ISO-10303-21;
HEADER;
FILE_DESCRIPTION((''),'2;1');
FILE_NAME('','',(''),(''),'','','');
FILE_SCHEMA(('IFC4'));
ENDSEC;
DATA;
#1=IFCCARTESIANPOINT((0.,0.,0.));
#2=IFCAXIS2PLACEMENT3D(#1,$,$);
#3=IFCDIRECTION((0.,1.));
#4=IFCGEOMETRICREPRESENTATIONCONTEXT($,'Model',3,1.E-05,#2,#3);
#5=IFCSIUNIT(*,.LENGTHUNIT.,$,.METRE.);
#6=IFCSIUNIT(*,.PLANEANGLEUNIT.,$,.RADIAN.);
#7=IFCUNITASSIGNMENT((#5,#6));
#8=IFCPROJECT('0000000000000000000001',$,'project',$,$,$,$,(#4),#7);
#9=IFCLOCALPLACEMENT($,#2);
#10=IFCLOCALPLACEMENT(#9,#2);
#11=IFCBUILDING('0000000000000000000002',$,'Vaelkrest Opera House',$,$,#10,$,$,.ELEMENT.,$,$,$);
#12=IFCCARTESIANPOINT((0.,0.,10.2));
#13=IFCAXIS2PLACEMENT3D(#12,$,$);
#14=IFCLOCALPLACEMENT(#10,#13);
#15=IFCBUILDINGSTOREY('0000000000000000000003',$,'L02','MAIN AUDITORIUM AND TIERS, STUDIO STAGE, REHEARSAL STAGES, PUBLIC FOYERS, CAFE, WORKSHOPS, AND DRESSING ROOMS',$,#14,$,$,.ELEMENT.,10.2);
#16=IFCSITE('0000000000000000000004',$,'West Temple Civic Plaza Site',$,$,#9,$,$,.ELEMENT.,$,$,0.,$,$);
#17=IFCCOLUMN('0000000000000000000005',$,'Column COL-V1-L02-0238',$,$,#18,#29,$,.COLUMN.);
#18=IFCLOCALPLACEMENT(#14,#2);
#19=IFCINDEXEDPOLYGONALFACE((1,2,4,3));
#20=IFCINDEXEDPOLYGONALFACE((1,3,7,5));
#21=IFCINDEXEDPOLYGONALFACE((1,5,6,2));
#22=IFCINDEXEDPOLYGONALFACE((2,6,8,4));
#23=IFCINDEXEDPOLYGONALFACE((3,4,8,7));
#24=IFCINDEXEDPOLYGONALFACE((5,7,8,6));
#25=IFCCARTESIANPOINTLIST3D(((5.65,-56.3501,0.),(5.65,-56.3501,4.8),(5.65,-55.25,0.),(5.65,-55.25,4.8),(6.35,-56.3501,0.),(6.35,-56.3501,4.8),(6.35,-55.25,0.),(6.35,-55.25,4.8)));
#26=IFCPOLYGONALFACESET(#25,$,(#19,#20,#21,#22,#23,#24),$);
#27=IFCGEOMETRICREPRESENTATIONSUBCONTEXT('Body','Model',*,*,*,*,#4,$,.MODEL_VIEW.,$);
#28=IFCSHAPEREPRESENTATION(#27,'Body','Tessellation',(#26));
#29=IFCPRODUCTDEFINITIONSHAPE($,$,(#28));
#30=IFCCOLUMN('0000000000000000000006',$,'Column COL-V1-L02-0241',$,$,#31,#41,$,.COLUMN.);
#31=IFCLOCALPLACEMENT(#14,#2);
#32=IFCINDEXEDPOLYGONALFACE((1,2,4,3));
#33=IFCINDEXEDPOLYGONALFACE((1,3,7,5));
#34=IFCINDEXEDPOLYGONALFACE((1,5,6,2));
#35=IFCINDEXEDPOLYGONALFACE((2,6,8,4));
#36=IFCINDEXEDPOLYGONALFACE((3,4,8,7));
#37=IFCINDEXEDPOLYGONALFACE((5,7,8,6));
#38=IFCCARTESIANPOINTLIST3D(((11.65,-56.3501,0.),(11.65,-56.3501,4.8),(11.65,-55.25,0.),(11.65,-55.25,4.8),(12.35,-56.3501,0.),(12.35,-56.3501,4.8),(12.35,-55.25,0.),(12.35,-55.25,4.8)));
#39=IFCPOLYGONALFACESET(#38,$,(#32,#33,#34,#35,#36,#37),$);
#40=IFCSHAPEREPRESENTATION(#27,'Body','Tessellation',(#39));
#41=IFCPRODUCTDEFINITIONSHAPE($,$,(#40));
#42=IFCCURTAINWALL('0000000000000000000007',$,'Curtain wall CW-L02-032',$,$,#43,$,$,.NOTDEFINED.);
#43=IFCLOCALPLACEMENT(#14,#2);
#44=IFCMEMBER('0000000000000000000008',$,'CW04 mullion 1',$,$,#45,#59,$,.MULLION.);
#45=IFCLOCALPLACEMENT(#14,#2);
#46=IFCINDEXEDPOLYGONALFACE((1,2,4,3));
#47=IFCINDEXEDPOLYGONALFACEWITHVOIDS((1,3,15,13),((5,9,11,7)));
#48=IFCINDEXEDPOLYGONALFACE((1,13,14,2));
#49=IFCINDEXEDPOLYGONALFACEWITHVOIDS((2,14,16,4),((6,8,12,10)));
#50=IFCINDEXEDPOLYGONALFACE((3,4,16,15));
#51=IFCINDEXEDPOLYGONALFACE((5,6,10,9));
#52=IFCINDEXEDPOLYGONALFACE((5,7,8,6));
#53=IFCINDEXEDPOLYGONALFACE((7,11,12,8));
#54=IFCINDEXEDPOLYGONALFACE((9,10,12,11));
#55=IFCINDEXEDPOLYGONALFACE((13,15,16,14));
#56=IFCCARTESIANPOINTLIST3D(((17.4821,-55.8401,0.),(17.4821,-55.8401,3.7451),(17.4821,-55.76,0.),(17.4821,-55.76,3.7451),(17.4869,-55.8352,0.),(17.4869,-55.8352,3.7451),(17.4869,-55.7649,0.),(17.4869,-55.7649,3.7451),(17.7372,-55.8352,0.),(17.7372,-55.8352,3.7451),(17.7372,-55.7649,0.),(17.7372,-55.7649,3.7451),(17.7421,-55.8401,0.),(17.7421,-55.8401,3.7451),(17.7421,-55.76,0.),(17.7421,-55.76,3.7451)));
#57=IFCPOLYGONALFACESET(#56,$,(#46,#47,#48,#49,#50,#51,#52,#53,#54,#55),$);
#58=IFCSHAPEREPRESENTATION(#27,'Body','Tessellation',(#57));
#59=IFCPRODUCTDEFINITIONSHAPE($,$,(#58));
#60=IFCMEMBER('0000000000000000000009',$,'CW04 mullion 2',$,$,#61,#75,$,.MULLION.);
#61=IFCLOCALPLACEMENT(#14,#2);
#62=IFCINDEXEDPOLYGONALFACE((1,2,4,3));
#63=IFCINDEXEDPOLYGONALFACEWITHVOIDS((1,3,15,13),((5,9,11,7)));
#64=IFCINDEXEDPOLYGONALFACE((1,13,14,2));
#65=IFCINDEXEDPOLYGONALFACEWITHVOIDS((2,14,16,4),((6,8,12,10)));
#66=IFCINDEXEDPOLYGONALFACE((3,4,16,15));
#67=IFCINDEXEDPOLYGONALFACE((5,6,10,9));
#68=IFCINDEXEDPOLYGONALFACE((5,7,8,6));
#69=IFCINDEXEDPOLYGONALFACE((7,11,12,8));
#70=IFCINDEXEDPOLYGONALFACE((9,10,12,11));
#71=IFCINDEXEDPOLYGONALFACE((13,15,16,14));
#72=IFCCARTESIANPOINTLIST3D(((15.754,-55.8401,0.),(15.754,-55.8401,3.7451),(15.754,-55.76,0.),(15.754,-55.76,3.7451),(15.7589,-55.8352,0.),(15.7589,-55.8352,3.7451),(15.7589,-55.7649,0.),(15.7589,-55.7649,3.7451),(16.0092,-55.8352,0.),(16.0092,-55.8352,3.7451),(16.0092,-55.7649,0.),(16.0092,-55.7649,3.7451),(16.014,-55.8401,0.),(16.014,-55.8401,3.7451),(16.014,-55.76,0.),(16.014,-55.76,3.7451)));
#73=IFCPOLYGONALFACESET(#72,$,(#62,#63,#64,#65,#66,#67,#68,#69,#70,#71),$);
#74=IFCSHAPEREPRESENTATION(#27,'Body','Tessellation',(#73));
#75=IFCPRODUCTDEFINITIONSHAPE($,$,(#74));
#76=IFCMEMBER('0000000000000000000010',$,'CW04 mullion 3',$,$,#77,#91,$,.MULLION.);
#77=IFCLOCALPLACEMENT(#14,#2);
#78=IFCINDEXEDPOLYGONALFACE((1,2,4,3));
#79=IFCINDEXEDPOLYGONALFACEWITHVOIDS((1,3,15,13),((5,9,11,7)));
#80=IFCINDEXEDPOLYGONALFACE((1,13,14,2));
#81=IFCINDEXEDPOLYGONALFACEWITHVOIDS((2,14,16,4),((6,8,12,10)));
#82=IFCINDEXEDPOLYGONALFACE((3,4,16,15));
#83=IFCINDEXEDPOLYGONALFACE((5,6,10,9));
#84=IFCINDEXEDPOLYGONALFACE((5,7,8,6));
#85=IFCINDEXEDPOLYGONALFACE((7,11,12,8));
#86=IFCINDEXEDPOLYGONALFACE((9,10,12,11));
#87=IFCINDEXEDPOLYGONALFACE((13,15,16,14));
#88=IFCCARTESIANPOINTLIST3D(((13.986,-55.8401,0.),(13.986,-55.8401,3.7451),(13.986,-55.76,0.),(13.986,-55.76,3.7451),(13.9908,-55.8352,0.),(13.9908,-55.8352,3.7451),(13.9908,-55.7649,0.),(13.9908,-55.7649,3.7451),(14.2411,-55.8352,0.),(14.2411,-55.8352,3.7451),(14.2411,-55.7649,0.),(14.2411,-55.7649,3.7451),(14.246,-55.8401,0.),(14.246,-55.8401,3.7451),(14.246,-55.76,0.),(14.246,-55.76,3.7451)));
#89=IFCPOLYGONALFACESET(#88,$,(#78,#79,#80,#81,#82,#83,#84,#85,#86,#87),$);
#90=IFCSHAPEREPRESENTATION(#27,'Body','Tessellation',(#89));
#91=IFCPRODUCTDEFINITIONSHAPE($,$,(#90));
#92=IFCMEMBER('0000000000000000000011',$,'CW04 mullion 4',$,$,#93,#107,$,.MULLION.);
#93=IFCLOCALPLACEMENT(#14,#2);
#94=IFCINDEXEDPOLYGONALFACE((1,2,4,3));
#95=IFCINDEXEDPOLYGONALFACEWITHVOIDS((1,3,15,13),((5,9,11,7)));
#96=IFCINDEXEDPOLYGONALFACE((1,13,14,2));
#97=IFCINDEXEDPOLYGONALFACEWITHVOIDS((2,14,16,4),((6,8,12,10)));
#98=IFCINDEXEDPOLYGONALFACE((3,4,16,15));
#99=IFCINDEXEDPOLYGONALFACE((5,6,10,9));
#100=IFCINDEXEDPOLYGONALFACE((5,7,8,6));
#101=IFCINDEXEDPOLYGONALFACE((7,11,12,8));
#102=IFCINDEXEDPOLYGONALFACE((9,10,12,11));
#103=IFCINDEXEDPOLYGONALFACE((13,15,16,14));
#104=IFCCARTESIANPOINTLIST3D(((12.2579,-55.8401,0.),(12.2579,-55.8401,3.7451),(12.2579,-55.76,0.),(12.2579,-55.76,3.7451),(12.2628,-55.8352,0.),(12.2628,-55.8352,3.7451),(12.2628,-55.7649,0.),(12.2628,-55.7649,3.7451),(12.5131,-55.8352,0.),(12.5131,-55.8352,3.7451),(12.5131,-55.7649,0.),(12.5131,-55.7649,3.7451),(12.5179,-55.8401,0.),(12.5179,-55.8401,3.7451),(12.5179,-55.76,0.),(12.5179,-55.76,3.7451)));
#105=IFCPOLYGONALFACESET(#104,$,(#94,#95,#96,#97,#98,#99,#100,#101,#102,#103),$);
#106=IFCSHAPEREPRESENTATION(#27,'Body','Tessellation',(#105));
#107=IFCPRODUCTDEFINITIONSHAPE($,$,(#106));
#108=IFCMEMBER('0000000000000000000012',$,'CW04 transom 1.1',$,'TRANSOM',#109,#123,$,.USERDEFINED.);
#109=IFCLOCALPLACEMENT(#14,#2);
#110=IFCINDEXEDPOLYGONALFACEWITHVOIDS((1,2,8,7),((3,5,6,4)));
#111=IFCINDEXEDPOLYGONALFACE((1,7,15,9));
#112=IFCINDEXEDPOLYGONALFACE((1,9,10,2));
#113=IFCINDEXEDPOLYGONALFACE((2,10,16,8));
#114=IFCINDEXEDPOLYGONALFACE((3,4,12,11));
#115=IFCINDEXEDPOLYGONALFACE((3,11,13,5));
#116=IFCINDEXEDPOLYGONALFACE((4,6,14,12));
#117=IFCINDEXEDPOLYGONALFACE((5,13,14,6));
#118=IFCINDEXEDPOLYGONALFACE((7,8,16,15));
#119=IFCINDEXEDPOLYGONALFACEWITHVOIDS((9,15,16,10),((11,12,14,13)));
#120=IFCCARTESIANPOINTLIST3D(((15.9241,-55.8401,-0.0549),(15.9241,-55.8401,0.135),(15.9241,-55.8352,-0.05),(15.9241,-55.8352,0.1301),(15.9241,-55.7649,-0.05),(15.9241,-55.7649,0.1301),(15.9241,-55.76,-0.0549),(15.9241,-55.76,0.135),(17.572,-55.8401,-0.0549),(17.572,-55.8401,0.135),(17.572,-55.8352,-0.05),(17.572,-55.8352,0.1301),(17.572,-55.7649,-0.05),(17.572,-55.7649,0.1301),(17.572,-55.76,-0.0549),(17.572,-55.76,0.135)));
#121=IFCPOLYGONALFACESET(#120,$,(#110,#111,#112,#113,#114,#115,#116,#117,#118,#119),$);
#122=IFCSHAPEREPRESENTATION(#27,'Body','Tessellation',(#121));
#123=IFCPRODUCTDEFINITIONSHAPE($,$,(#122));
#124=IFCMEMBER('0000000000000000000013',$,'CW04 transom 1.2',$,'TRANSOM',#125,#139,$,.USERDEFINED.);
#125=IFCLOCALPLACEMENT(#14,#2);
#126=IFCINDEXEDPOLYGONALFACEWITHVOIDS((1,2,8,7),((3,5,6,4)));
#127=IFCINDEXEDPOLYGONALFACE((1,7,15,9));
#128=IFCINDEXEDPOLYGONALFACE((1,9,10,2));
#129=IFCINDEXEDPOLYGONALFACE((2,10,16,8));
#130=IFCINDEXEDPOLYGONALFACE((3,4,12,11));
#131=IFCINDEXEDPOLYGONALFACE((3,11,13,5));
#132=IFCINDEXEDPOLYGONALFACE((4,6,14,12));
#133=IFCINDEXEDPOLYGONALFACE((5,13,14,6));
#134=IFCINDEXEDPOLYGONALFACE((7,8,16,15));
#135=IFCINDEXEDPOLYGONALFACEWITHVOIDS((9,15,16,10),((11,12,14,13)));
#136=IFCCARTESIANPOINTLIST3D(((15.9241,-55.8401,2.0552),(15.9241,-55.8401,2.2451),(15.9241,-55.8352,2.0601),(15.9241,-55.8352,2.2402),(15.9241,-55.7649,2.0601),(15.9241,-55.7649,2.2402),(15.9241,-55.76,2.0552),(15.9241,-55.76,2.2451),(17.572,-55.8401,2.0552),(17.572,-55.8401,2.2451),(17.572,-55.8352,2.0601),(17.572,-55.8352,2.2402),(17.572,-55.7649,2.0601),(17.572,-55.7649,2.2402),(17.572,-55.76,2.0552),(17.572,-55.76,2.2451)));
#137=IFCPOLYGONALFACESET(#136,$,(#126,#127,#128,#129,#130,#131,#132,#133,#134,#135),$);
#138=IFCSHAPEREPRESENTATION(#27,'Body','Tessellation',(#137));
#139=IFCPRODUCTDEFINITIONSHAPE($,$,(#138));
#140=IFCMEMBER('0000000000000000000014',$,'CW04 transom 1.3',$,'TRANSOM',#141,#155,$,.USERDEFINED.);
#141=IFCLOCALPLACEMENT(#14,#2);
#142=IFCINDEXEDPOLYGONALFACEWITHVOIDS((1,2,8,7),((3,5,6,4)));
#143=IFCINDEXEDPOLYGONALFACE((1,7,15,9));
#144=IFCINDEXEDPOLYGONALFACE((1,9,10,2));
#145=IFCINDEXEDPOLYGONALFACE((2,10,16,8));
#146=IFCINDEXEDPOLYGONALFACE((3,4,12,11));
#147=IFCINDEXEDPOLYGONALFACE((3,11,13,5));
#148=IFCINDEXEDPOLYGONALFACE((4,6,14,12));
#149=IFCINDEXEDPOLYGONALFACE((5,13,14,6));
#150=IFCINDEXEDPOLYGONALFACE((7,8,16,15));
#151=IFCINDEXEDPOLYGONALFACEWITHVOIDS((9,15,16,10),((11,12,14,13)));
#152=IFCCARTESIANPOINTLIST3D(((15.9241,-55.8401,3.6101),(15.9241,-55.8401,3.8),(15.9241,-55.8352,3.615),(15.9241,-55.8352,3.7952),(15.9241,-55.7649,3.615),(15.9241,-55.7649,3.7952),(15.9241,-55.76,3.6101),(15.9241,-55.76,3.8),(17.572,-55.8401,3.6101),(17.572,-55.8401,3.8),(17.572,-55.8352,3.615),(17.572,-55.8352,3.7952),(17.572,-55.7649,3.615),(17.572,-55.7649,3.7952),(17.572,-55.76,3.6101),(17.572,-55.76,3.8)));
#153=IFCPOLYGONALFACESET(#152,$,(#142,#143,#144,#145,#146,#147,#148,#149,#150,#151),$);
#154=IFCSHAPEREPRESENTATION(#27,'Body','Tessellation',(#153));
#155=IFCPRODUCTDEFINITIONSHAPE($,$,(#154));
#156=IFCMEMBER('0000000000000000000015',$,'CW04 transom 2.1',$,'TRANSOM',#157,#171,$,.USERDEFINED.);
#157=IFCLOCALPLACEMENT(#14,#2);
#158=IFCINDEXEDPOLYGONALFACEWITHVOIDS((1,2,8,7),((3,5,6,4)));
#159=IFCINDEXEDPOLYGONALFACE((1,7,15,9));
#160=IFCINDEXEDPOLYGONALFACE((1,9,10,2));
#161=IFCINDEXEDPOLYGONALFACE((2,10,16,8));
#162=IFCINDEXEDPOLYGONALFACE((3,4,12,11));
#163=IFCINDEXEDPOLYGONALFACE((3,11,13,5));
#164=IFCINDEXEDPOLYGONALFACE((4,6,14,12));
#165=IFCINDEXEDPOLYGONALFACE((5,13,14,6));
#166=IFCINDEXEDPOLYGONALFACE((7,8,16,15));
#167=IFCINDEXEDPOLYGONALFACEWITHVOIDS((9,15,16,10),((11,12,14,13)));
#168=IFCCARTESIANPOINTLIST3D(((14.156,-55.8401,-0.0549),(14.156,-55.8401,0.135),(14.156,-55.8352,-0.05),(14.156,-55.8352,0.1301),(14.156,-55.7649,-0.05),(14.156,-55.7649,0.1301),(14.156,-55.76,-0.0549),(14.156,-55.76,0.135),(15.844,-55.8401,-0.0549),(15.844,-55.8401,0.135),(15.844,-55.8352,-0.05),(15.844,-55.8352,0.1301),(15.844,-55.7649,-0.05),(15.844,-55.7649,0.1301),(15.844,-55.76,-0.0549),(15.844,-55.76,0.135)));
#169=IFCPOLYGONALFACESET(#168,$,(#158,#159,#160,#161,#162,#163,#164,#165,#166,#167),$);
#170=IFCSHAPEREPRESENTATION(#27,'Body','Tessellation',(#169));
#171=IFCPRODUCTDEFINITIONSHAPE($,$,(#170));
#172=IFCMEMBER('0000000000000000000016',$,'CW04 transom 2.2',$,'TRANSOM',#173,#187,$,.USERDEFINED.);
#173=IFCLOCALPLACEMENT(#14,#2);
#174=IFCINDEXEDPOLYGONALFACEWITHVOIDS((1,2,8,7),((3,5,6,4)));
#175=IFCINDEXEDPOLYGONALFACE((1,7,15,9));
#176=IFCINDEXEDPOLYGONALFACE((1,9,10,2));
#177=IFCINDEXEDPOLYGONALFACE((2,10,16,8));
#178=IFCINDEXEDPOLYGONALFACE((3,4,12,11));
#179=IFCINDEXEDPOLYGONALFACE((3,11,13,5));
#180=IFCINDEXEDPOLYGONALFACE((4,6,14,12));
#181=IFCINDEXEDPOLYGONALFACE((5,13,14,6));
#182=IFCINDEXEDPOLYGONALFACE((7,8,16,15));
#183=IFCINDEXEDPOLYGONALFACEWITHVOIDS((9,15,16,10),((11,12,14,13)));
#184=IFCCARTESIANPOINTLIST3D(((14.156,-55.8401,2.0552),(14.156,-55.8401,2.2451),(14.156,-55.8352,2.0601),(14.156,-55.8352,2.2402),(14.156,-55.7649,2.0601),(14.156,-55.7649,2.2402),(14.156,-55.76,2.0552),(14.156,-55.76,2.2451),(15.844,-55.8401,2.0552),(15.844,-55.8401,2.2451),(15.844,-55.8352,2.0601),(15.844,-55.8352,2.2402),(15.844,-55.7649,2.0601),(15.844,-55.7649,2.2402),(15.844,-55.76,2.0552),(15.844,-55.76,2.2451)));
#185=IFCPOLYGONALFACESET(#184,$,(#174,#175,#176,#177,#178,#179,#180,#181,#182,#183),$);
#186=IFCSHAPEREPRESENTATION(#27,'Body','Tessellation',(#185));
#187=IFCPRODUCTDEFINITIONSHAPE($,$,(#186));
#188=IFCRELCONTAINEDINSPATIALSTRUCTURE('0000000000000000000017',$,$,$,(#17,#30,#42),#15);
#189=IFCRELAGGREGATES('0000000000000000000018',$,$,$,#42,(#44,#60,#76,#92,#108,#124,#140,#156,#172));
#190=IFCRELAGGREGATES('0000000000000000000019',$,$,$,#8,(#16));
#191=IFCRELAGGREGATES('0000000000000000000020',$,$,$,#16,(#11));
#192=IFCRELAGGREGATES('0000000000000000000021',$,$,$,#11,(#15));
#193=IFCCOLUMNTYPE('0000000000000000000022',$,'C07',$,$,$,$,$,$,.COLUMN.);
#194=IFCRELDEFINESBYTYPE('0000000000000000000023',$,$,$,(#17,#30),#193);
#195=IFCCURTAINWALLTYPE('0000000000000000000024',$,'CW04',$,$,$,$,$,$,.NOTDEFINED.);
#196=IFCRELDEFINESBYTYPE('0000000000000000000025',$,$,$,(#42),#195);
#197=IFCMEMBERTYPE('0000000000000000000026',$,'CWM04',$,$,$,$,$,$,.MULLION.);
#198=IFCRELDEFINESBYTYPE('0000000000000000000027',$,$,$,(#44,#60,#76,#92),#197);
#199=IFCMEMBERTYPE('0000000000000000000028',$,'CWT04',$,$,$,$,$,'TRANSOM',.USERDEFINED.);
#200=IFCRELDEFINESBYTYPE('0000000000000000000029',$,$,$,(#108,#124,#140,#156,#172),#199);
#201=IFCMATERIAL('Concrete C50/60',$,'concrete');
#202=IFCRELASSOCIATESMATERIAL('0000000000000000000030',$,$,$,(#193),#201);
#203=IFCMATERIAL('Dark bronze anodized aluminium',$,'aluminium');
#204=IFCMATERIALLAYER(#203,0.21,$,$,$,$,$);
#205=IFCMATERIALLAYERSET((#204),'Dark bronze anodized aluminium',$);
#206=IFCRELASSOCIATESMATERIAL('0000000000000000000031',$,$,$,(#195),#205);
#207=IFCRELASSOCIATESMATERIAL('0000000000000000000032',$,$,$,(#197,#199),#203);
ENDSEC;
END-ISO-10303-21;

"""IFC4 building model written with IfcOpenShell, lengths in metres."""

from ifc_helpers import new_model, si_unit, direction, frame, origin, origin_2d, place, context, subcontext, project, spatial, rectangle, hollow_rectangle, extrude, material, layer, layer_set, material_profile, profile_set, type_object, element, aggregate, save


model = new_model("IFC4")

# Units and contexts
model_context = context("Model", 3, precision=1e-05, world=origin(), true_north=direction((0.0, 1.0)))
body_context = subcontext(model_context, "Body", "Model", "MODEL_VIEW")
ifc_project = project(units=[si_unit("LENGTHUNIT", "METRE"), si_unit("PLANEANGLEUNIT", "RADIAN")], contexts=[model_context])

# Site, building, storey
site_placement = place(None, origin())
site = spatial("IfcSite", under=ifc_project, at=site_placement, Name="West Temple Civic Plaza Site", CompositionType="ELEMENT", RefElevation=0.0)
building_placement = place(site_placement, origin())
building = spatial("IfcBuilding", under=site, at=building_placement, Name="Vaelkrest Opera House", CompositionType="ELEMENT")
storey_placement = place(building_placement, frame((0.0, 0.0, 10.2)))
storey = spatial("IfcBuildingStorey", under=building, at=storey_placement, Name="L02", Description="MAIN AUDITORIUM AND TIERS, STUDIO STAGE, REHEARSAL STAGES, PUBLIC FOYERS, CAFE, WORKSHOPS, AND DRESSING ROOMS", CompositionType="ELEMENT", Elevation=10.2)

# Columns
ifc_material_1 = material(Name="Concrete C50/60", Category="concrete")
ifc_material_profile_1 = material_profile(ifc_material_1, rectangle(XDim=0.7, YDim=1.1001, at=origin_2d()), Name="RC700X1100")
ifc_profile_set_1 = profile_set([ifc_material_profile_1], Name="Concrete C50/60")
column_type = type_object("IfcColumnType", Name="C07", PredefinedType="COLUMN", material=ifc_profile_set_1)
for number, where, z_axis, x_axis, name in (
    (1, (6.0, -55.8, 0.0), (0.0, 0.0, 1.0), (1.0, 0.0, 0.0), "Column COL-V1-L02-0238"),
    (2, (12.0, -55.8, 0.0), (0.0, 0.0, 1.0), (1.0, 0.0, 0.0), "Column COL-V1-L02-0241"),
):
    element("IfcColumn", number, at=place(storey_placement, frame(where, z_axis=z_axis, x_axis=x_axis)), inside=storey, type_object=column_type, Name=name, PredefinedType="COLUMN", context=body_context, shape_type="SweptSolid", body=[
        extrude(rectangle(XDim=0.7, YDim=1.1001, at=origin_2d()), origin(), (0.0, 0.0, 1.0), 4.8),
    ])

# Curtain wall, members
ifc_material_2 = material(Name="Dark bronze anodized aluminium", Category="aluminium")
ifc_layer_1 = layer(ifc_material_2, 0.21)
ifc_layer_set_1 = layer_set([ifc_layer_1], Name="Dark bronze anodized aluminium")
curtain_wall_type = type_object("IfcCurtainWallType", Name="CW04", PredefinedType="NOTDEFINED", material=ifc_layer_set_1)
curtain_wall_placement = place(storey_placement, origin())
curtain_wall = element("IfcCurtainWall", 3, at=curtain_wall_placement, inside=storey, type_object=curtain_wall_type, Name="Curtain wall CW-L02-032", PredefinedType="NOTDEFINED")
ifc_material_profile_2 = material_profile(ifc_material_2, hollow_rectangle(XDim=0.0801, YDim=0.26, WallThickness=0.0049, at=origin_2d()), Name="CWM80X260")
ifc_profile_set_2 = profile_set([ifc_material_profile_2], Name="Dark bronze anodized aluminium")
member_type_1 = type_object("IfcMemberType", Name="CWM04", PredefinedType="MULLION", material=ifc_profile_set_2)
member_1_placement = place(storey_placement, frame((17.6121, -55.8, 0.0), z_axis=(0.0, 0.0, 1.0), x_axis=(0.0, -1.0, 0.0)))
member_1 = element("IfcMember", 4, at=member_1_placement, type_object=member_type_1, Name="CW04 mullion 1", PredefinedType="MULLION", context=body_context, shape_type="SweptSolid", body=[
    extrude(hollow_rectangle(XDim=0.0801, YDim=0.26, WallThickness=0.0049, at=origin_2d()), origin(), (0.0, 0.0, 1.0), 3.7451),
])
member_2_placement = place(storey_placement, frame((15.884, -55.8, 0.0), z_axis=(0.0, 0.0, 1.0), x_axis=(0.0, -1.0, 0.0)))
member_2 = element("IfcMember", 5, at=member_2_placement, type_object=member_type_1, Name="CW04 mullion 2", PredefinedType="MULLION", context=body_context, shape_type="SweptSolid", body=[
    extrude(hollow_rectangle(XDim=0.0801, YDim=0.26, WallThickness=0.0049, at=origin_2d()), origin(), (0.0, 0.0, 1.0), 3.7451),
])
member_3_placement = place(storey_placement, frame((14.116, -55.8, 0.0), z_axis=(0.0, 0.0, 1.0), x_axis=(0.0, -1.0, 0.0)))
member_3 = element("IfcMember", 6, at=member_3_placement, type_object=member_type_1, Name="CW04 mullion 3", PredefinedType="MULLION", context=body_context, shape_type="SweptSolid", body=[
    extrude(hollow_rectangle(XDim=0.0801, YDim=0.26, WallThickness=0.0049, at=origin_2d()), origin(), (0.0, 0.0, 1.0), 3.7451),
])
member_4_placement = place(storey_placement, frame((12.3879, -55.8, 0.0), z_axis=(0.0, 0.0, 1.0), x_axis=(0.0, -1.0, 0.0)))
member_4 = element("IfcMember", 7, at=member_4_placement, type_object=member_type_1, Name="CW04 mullion 4", PredefinedType="MULLION", context=body_context, shape_type="SweptSolid", body=[
    extrude(hollow_rectangle(XDim=0.0801, YDim=0.26, WallThickness=0.0049, at=origin_2d()), origin(), (0.0, 0.0, 1.0), 3.7451),
])
ifc_material_profile_3 = material_profile(ifc_material_2, hollow_rectangle(XDim=0.0801, YDim=0.1899, WallThickness=0.0049, at=origin_2d()), Name="CWT80X190")
ifc_profile_set_3 = profile_set([ifc_material_profile_3], Name="Dark bronze anodized aluminium")
member_type_2 = type_object("IfcMemberType", Name="CWT04", ElementType="TRANSOM", PredefinedType="USERDEFINED", material=ifc_profile_set_3)
member_5_placement = place(storey_placement, frame((17.572, -55.8, 0.04), z_axis=(-1.0, 0.0, 0.0), x_axis=(0.0, -1.0, 0.0)))
member_5 = element("IfcMember", 8, at=member_5_placement, type_object=member_type_2, Name="CW04 transom 1.1", ObjectType="TRANSOM", PredefinedType="USERDEFINED", context=body_context, shape_type="SweptSolid", body=[
    extrude(hollow_rectangle(XDim=0.0801, YDim=0.1899, WallThickness=0.0049, at=origin_2d()), origin(), (0.0, 0.0, 1.0), 1.6479),
])
member_6_placement = place(storey_placement, frame((17.572, -55.8, 2.1501), z_axis=(-1.0, 0.0, 0.0), x_axis=(0.0, -1.0, 0.0)))
member_6 = element("IfcMember", 9, at=member_6_placement, type_object=member_type_2, Name="CW04 transom 1.2", ObjectType="TRANSOM", PredefinedType="USERDEFINED", context=body_context, shape_type="SweptSolid", body=[
    extrude(hollow_rectangle(XDim=0.0801, YDim=0.1899, WallThickness=0.0049, at=origin_2d()), origin(), (0.0, 0.0, 1.0), 1.6479),
])
member_7_placement = place(storey_placement, frame((17.572, -55.8, 3.7051), z_axis=(-1.0, 0.0, 0.0), x_axis=(0.0, -1.0, 0.0)))
member_7 = element("IfcMember", 10, at=member_7_placement, type_object=member_type_2, Name="CW04 transom 1.3", ObjectType="TRANSOM", PredefinedType="USERDEFINED", context=body_context, shape_type="SweptSolid", body=[
    extrude(hollow_rectangle(XDim=0.0801, YDim=0.1899, WallThickness=0.0049, at=origin_2d()), origin(), (0.0, 0.0, 1.0), 1.6479),
])
member_8_placement = place(storey_placement, frame((15.844, -55.8, 0.04), z_axis=(-1.0, 0.0, 0.0), x_axis=(0.0, -1.0, 0.0)))
member_8 = element("IfcMember", 11, at=member_8_placement, type_object=member_type_2, Name="CW04 transom 2.1", ObjectType="TRANSOM", PredefinedType="USERDEFINED", context=body_context, shape_type="SweptSolid", body=[
    extrude(hollow_rectangle(XDim=0.0801, YDim=0.1899, WallThickness=0.0049, at=origin_2d()), origin(), (0.0, 0.0, 1.0), 1.688),
])
member_9_placement = place(storey_placement, frame((15.844, -55.8, 2.1501), z_axis=(-1.0, 0.0, 0.0), x_axis=(0.0, -1.0, 0.0)))
member_9 = element("IfcMember", 12, at=member_9_placement, type_object=member_type_2, Name="CW04 transom 2.2", ObjectType="TRANSOM", PredefinedType="USERDEFINED", context=body_context, shape_type="SweptSolid", body=[
    extrude(hollow_rectangle(XDim=0.0801, YDim=0.1899, WallThickness=0.0049, at=origin_2d()), origin(), (0.0, 0.0, 1.0), 1.688),
])

aggregate(curtain_wall, [member_1, member_2, member_3, member_4, member_5, member_6, member_7, member_8, member_9])

save(model, "model.ifc")
